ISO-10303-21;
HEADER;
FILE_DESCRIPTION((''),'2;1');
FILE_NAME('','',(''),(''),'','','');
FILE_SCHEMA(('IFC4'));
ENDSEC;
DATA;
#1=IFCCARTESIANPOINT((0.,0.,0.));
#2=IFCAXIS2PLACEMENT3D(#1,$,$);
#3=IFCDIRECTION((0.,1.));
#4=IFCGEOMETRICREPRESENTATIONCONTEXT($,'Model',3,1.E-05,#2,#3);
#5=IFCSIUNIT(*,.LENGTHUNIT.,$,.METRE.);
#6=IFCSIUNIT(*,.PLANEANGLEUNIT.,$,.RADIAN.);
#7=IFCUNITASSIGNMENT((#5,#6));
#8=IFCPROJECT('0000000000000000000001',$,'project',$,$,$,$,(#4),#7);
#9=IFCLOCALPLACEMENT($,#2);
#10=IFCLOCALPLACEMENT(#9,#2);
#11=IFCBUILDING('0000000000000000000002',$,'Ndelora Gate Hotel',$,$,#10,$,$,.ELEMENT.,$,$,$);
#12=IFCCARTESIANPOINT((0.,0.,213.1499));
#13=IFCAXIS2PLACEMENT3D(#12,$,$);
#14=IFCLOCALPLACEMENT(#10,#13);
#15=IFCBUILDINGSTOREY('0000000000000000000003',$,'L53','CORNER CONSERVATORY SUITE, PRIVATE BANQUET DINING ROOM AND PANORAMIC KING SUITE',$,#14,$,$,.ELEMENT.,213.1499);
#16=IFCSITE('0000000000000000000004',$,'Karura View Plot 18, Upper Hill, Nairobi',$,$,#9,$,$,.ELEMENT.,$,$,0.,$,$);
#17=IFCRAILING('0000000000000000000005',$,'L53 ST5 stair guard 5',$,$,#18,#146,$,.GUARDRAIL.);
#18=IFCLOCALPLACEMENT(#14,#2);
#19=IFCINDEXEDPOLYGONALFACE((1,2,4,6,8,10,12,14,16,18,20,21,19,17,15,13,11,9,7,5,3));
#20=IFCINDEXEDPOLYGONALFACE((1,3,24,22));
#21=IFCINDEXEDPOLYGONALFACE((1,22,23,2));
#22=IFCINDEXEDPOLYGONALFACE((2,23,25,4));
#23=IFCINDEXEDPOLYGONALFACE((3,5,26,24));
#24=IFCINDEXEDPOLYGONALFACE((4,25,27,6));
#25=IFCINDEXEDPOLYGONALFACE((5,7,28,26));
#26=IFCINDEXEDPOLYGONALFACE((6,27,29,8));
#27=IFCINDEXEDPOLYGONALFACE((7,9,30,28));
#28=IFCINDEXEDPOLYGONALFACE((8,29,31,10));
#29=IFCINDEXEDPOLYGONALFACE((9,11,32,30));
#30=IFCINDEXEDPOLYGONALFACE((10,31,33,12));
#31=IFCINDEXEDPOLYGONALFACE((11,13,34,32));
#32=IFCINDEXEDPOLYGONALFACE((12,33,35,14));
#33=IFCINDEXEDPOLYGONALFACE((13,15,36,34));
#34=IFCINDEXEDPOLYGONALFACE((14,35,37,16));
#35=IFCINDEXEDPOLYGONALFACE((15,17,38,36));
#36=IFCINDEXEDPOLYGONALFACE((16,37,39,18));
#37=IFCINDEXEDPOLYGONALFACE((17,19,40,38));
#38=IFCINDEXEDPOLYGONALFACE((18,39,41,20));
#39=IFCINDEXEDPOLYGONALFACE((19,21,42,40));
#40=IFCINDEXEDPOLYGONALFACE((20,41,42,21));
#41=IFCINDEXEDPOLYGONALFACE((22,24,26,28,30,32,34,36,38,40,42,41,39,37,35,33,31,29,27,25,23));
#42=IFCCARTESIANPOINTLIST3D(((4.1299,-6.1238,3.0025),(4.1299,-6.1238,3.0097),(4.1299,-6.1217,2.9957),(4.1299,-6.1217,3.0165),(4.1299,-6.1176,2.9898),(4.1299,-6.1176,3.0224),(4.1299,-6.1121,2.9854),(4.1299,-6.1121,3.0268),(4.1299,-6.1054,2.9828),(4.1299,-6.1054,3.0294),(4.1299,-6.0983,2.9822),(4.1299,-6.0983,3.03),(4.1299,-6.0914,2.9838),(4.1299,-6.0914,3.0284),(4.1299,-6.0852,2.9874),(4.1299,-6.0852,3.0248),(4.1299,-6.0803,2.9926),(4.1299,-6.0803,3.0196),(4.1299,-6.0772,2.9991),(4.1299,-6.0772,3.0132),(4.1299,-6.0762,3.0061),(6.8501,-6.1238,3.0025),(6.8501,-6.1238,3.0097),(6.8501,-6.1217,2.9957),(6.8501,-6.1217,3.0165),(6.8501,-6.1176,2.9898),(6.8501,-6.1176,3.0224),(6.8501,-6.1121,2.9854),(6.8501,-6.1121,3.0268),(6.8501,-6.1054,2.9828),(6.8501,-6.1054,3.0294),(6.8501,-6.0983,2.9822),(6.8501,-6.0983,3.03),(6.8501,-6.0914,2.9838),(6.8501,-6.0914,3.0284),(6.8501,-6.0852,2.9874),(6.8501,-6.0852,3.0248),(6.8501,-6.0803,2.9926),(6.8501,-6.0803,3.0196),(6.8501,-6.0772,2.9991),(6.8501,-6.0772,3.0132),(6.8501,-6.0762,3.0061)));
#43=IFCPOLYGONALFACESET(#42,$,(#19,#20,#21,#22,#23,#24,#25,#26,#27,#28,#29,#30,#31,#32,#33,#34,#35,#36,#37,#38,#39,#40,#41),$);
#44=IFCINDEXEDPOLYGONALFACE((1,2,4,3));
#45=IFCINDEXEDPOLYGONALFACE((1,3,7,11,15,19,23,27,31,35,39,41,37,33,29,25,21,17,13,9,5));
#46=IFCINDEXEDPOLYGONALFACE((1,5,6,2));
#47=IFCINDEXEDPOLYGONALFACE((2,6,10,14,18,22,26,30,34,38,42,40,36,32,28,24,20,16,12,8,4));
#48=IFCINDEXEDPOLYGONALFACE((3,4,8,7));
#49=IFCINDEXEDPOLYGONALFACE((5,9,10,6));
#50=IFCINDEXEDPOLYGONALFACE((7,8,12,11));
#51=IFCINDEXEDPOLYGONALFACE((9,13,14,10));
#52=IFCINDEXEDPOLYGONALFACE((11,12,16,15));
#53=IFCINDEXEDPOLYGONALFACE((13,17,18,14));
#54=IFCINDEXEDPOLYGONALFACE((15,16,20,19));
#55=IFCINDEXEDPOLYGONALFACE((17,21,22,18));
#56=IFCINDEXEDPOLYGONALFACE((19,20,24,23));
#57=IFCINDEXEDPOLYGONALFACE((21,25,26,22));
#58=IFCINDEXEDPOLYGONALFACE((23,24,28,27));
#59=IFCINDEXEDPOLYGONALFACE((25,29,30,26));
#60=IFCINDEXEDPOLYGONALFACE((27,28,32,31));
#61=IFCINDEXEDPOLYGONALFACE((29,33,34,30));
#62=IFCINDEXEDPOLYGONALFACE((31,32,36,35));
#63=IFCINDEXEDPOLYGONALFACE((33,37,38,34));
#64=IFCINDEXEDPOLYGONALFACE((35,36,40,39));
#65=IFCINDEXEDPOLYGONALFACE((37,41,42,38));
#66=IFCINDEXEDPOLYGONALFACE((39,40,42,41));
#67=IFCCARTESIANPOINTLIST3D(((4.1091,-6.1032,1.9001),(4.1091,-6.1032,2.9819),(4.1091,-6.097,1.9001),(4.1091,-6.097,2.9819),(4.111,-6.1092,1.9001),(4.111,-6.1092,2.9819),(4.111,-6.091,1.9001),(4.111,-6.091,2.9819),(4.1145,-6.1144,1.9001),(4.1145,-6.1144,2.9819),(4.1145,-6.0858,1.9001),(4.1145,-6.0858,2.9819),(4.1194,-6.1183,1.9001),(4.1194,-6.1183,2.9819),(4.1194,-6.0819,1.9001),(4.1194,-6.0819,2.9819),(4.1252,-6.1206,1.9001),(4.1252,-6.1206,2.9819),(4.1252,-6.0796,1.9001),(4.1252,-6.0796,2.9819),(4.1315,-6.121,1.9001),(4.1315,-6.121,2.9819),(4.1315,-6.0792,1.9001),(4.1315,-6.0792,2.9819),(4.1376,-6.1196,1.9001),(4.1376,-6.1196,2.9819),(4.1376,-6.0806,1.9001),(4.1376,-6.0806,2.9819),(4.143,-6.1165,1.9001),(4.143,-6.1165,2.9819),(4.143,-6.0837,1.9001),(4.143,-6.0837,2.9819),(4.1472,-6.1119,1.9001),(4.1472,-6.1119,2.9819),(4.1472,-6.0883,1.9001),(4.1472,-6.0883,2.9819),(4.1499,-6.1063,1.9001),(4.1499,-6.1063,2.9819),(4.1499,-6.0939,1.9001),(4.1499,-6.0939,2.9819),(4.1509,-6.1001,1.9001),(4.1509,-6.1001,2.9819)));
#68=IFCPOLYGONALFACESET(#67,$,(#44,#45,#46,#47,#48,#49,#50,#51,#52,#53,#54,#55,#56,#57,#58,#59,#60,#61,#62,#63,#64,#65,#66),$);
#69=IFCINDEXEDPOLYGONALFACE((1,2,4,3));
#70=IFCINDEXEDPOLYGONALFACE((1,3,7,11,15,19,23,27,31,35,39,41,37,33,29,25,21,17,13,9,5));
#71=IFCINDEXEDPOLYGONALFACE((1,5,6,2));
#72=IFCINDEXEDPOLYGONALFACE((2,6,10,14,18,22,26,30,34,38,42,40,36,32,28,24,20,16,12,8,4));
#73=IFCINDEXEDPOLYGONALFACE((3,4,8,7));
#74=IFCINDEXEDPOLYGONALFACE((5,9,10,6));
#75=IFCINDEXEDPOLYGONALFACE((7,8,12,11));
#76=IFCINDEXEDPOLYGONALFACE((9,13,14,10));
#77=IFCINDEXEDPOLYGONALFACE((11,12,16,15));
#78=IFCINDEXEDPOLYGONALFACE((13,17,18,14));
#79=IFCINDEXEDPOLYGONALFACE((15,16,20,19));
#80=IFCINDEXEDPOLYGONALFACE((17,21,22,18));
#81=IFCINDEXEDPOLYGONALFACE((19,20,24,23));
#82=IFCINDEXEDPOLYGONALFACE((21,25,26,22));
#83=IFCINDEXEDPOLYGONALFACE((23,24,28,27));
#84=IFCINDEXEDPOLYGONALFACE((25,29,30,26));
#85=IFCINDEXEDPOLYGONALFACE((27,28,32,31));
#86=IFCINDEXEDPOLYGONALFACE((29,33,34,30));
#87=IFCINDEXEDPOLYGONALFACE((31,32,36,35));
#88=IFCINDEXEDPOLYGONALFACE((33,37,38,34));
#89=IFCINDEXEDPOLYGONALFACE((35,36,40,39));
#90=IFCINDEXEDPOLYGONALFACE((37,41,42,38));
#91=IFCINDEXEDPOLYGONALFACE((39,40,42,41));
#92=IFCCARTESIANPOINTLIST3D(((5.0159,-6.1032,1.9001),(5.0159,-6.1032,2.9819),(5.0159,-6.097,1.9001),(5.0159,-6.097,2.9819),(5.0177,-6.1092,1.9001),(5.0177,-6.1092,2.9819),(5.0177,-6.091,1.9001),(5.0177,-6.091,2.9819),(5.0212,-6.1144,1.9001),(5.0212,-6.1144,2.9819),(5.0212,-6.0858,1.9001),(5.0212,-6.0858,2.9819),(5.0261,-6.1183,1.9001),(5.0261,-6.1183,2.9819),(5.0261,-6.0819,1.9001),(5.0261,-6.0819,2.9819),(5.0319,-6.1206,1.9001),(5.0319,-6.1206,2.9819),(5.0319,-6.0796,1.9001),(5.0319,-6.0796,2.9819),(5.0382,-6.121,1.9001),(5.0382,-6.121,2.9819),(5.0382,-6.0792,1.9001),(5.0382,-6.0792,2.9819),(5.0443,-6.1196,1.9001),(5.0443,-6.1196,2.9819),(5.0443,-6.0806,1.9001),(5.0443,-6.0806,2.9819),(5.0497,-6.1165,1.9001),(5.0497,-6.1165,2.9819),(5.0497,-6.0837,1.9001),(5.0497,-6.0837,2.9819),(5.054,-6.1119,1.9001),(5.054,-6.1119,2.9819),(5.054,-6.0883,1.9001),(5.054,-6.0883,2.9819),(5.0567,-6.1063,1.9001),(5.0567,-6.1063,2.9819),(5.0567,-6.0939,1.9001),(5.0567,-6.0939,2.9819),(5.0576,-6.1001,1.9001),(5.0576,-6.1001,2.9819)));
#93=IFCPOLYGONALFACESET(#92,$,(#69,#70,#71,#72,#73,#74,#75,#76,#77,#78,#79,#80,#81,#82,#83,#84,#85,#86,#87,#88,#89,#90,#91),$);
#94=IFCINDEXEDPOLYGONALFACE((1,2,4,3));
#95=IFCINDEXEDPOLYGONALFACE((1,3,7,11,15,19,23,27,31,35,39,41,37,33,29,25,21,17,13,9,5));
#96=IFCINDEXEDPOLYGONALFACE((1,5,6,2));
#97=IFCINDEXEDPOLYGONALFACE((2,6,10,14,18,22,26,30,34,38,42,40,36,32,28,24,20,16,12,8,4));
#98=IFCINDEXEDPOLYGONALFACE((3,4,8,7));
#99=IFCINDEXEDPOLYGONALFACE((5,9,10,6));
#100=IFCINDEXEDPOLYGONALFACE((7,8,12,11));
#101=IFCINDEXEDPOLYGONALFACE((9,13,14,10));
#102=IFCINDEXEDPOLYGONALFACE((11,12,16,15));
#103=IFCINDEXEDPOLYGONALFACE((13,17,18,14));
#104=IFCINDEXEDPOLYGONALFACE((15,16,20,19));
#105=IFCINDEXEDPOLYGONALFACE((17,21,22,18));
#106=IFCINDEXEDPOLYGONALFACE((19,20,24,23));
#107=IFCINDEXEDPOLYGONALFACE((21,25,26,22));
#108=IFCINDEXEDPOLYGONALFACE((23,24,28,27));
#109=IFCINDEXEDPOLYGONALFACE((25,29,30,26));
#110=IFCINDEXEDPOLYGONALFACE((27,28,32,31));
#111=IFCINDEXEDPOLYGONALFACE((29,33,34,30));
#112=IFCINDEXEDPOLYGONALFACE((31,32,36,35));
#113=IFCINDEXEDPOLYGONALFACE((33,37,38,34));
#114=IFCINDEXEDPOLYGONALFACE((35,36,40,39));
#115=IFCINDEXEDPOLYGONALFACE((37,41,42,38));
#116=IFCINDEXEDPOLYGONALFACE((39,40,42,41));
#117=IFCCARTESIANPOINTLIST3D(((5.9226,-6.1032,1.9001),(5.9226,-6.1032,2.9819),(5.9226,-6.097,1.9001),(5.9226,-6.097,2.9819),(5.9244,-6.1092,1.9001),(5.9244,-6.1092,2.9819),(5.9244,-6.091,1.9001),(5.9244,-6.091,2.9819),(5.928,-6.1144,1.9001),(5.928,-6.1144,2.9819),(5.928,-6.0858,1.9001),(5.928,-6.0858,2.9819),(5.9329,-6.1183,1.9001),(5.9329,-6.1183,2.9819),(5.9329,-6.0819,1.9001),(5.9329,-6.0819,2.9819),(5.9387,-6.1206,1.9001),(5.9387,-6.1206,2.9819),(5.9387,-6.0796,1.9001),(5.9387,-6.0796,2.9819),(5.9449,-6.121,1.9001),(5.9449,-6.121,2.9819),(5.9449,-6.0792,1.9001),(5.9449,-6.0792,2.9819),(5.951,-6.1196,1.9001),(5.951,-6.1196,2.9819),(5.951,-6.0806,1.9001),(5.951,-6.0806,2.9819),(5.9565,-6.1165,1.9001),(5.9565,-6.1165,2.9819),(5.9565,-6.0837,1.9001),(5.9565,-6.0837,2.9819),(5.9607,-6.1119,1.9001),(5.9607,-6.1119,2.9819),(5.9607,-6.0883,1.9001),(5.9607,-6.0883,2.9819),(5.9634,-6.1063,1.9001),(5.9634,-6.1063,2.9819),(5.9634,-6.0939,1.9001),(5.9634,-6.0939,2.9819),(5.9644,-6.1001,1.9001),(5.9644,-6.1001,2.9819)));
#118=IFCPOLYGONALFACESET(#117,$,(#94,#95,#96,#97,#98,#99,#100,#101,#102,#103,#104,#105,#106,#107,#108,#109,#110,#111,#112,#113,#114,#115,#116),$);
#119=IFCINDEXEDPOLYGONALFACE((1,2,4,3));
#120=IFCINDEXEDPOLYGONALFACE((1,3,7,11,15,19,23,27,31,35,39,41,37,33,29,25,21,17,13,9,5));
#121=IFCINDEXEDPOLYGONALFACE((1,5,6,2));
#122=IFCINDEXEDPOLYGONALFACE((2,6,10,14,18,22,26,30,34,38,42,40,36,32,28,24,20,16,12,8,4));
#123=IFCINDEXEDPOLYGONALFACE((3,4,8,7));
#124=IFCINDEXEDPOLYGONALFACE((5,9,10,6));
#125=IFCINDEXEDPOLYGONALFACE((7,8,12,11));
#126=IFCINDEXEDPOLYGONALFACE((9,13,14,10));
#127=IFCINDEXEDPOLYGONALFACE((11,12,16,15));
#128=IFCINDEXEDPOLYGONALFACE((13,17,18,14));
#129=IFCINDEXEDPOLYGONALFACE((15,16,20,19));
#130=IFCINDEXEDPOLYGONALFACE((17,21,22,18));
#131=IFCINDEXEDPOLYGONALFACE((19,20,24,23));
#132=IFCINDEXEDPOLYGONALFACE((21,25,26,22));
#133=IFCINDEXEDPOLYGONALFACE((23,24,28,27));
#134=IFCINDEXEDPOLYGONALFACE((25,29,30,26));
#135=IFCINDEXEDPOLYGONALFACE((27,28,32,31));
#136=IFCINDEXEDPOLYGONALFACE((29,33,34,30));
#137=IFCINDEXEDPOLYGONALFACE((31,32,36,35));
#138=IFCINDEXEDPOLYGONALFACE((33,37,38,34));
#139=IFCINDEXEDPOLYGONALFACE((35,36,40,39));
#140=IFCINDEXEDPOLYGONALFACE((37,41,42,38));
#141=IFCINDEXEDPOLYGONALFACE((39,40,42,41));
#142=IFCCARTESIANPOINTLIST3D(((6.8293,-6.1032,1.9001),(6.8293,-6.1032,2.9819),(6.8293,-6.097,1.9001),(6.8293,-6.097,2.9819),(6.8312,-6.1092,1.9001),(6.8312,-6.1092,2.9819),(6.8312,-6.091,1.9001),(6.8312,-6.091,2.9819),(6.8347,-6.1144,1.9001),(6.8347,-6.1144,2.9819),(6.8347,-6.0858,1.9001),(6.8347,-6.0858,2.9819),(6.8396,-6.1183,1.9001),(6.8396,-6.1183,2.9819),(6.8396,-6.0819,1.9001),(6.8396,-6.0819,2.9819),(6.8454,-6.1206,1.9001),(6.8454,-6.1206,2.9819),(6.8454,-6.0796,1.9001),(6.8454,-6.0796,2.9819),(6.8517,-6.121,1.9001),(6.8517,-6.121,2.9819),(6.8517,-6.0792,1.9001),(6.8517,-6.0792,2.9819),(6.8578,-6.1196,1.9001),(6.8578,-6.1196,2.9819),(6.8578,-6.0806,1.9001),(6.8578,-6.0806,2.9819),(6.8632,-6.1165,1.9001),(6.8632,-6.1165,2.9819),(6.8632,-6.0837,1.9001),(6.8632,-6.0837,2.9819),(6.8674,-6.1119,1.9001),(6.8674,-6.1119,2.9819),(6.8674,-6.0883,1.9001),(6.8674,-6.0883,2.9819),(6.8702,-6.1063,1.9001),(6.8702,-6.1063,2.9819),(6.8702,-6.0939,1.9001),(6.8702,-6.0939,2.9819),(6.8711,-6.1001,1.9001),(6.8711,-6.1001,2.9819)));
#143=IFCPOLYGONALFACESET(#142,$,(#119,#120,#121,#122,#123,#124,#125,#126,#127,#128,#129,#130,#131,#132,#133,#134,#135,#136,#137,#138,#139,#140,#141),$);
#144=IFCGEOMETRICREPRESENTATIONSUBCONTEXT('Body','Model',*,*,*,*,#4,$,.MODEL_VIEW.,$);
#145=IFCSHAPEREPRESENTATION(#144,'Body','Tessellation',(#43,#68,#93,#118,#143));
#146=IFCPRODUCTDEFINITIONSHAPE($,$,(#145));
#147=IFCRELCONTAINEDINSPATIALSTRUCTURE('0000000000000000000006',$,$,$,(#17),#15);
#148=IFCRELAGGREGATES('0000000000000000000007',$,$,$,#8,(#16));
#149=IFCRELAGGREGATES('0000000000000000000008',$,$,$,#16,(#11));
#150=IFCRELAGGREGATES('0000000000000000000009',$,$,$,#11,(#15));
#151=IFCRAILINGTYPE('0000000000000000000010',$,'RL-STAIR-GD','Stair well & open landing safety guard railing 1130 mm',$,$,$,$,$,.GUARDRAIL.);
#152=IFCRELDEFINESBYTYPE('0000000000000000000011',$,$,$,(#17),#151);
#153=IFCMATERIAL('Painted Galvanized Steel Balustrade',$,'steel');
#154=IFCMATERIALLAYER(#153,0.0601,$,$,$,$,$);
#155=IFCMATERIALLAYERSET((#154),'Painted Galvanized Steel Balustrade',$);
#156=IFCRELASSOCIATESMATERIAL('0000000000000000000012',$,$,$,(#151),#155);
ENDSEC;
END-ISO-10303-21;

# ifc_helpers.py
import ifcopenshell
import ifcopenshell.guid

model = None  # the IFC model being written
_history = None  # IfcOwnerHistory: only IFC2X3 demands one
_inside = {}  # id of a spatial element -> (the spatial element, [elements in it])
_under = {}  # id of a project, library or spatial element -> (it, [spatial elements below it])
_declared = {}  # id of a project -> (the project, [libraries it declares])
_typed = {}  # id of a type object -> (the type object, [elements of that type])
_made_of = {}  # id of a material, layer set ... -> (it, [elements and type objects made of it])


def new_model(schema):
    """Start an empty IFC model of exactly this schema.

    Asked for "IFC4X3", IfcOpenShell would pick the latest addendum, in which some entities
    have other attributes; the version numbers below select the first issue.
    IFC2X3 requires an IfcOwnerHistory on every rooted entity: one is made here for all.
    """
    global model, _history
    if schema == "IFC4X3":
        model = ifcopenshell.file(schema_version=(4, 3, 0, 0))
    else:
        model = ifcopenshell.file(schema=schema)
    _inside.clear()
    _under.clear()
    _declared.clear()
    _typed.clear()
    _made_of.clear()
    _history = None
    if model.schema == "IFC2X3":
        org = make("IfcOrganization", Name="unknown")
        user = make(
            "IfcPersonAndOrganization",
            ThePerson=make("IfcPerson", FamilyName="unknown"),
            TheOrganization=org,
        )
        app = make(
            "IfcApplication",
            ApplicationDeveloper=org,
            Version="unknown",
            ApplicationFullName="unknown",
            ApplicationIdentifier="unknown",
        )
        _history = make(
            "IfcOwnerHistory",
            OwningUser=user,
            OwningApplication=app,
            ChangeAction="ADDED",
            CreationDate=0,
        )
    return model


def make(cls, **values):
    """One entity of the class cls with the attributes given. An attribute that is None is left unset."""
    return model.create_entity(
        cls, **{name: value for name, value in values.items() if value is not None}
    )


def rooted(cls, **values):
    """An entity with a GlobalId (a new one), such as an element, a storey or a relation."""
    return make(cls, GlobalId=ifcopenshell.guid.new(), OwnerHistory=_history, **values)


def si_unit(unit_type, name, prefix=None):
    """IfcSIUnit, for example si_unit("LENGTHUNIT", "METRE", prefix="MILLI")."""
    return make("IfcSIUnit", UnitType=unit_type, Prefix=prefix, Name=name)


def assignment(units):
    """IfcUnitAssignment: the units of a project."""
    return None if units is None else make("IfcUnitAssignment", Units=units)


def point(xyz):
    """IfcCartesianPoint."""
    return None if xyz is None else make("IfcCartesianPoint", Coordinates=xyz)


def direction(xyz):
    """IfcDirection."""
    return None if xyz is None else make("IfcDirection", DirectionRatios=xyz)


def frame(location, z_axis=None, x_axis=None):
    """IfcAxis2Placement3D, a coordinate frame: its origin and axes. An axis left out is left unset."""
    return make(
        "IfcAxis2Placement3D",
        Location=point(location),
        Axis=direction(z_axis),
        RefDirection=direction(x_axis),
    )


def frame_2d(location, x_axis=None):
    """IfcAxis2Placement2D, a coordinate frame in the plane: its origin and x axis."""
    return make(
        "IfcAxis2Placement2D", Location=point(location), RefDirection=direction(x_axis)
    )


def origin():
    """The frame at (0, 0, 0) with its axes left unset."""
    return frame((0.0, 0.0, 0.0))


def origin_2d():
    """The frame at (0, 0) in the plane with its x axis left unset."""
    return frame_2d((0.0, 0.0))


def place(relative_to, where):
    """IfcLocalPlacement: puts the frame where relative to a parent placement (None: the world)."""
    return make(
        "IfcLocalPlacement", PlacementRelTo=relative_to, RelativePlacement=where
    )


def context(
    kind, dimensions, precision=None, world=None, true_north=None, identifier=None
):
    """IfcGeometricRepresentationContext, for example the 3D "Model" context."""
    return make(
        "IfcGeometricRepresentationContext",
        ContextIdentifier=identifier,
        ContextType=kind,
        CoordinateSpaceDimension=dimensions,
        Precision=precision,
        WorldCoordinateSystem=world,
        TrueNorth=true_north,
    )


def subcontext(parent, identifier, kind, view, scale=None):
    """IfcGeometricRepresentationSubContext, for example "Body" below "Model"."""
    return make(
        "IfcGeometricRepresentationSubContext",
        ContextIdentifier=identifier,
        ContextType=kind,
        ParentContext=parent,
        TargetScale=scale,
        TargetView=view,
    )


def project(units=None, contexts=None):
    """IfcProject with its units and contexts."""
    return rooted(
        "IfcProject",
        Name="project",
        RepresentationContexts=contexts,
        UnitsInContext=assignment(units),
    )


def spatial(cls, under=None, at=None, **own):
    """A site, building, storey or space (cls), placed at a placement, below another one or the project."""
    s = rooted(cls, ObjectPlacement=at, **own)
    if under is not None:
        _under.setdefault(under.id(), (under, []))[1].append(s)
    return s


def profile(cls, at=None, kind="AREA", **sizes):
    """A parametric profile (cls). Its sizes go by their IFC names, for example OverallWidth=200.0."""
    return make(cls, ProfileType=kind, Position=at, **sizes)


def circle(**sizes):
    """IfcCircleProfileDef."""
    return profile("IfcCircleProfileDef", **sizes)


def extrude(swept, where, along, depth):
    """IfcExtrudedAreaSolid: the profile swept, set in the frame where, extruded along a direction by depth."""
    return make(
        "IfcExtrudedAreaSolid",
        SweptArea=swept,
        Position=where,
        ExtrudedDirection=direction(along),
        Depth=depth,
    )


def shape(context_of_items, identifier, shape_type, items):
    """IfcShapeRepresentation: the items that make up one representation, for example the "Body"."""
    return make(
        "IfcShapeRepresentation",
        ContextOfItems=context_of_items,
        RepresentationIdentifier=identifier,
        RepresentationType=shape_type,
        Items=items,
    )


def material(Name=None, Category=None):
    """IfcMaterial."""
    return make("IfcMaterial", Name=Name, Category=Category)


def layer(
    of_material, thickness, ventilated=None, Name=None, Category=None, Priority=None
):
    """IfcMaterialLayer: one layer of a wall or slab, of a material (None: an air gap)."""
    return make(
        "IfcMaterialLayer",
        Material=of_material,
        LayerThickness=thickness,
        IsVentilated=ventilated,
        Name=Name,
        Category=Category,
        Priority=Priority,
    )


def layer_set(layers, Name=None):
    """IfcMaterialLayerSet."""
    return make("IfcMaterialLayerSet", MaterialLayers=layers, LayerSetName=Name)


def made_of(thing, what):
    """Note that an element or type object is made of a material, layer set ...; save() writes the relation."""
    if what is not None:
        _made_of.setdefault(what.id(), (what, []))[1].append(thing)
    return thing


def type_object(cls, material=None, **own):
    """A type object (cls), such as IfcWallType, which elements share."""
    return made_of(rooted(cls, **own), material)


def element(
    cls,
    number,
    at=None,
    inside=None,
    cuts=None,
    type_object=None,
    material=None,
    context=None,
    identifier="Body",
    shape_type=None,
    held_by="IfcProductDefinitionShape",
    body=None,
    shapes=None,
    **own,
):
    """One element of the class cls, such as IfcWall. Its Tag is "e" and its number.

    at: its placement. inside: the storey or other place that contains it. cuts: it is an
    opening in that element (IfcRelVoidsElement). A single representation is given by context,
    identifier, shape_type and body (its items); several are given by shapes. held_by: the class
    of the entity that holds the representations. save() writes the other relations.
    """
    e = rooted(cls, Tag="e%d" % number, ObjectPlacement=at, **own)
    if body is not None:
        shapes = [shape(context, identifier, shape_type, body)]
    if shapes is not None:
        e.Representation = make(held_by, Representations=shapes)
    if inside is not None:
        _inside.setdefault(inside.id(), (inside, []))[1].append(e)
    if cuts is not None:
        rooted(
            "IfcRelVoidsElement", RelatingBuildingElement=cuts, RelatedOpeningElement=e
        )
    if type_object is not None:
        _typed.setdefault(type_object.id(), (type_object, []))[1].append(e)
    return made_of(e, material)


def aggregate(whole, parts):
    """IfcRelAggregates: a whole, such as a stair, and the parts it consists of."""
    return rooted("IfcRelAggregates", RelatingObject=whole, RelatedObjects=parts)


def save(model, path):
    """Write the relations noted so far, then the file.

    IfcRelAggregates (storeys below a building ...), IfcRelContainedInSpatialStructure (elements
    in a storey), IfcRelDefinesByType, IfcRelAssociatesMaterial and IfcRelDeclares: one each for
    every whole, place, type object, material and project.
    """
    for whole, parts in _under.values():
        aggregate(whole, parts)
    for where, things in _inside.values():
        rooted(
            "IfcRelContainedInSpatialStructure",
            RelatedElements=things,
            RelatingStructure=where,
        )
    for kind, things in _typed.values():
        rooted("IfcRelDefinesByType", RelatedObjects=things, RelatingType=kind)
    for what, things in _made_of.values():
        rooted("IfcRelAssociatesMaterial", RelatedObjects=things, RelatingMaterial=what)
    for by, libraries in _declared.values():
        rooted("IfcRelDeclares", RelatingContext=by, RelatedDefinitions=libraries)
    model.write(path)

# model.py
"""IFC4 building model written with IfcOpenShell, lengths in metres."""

from ifc_helpers import new_model, si_unit, direction, frame, origin, origin_2d, place, context, subcontext, project, spatial, circle, extrude, material, layer, layer_set, type_object, element, save


model = new_model("IFC4")

# Units and contexts
model_context = context("Model", 3, precision=1e-05, world=origin(), true_north=direction((0.0, 1.0)))
body_context = subcontext(model_context, "Body", "Model", "MODEL_VIEW")
ifc_project = project(units=[si_unit("LENGTHUNIT", "METRE"), si_unit("PLANEANGLEUNIT", "RADIAN")], contexts=[model_context])

# Site, building, storey
site_placement = place(None, origin())
site = spatial("IfcSite", under=ifc_project, at=site_placement, Name="Karura View Plot 18, Upper Hill, Nairobi", CompositionType="ELEMENT", RefElevation=0.0)
building_placement = place(site_placement, origin())
building = spatial("IfcBuilding", under=site, at=building_placement, Name="Ndelora Gate Hotel", CompositionType="ELEMENT")
storey_placement = place(building_placement, frame((0.0, 0.0, 213.1499)))
storey = spatial("IfcBuildingStorey", under=building, at=storey_placement, Name="L53", Description="CORNER CONSERVATORY SUITE, PRIVATE BANQUET DINING ROOM AND PANORAMIC KING SUITE", CompositionType="ELEMENT", Elevation=213.1499)

# Railing
ifc_material_1 = material(Name="Painted Galvanized Steel Balustrade", Category="steel")
ifc_layer_1 = layer(ifc_material_1, 0.0601)
ifc_layer_set_1 = layer_set([ifc_layer_1], Name="Painted Galvanized Steel Balustrade")
railing_type = type_object("IfcRailingType", Name="RL-STAIR-GD", Description="Stair well & open landing safety guard railing 1130 mm", PredefinedType="GUARDRAIL", material=ifc_layer_set_1)
railing_1_placement = place(storey_placement, frame((4.1299, -6.1001, 1.9001)))
element("IfcRailing", 1, at=railing_1_placement, inside=storey, type_object=railing_type, Name="L53 ST5 stair guard 5", PredefinedType="GUARDRAIL", context=body_context, shape_type="SweptSolid", body=[
    extrude(circle(Radius=0.0239, at=origin_2d()), frame((0.0, 0.0, 1.106), z_axis=(1.0, 0.0, 0.0), x_axis=(0.0, 1.0, 0.0)), (0.0, 0.0, 1.0), 2.7202),
    extrude(circle(Radius=0.021, at=origin_2d()), origin(), (0.0, 0.0, 1.0), 1.0818),
    extrude(circle(Radius=0.021, at=origin_2d()), frame((0.9067, 0.0, 0.0)), (0.0, 0.0, 1.0), 1.0818),
    extrude(circle(Radius=0.021, at=origin_2d()), frame((1.8135, 0.0, 0.0)), (0.0, 0.0, 1.0), 1.0818),
    extrude(circle(Radius=0.021, at=origin_2d()), frame((2.7202, 0.0, 0.0)), (0.0, 0.0, 1.0), 1.0818),
])

save(model, "model.ifc")
